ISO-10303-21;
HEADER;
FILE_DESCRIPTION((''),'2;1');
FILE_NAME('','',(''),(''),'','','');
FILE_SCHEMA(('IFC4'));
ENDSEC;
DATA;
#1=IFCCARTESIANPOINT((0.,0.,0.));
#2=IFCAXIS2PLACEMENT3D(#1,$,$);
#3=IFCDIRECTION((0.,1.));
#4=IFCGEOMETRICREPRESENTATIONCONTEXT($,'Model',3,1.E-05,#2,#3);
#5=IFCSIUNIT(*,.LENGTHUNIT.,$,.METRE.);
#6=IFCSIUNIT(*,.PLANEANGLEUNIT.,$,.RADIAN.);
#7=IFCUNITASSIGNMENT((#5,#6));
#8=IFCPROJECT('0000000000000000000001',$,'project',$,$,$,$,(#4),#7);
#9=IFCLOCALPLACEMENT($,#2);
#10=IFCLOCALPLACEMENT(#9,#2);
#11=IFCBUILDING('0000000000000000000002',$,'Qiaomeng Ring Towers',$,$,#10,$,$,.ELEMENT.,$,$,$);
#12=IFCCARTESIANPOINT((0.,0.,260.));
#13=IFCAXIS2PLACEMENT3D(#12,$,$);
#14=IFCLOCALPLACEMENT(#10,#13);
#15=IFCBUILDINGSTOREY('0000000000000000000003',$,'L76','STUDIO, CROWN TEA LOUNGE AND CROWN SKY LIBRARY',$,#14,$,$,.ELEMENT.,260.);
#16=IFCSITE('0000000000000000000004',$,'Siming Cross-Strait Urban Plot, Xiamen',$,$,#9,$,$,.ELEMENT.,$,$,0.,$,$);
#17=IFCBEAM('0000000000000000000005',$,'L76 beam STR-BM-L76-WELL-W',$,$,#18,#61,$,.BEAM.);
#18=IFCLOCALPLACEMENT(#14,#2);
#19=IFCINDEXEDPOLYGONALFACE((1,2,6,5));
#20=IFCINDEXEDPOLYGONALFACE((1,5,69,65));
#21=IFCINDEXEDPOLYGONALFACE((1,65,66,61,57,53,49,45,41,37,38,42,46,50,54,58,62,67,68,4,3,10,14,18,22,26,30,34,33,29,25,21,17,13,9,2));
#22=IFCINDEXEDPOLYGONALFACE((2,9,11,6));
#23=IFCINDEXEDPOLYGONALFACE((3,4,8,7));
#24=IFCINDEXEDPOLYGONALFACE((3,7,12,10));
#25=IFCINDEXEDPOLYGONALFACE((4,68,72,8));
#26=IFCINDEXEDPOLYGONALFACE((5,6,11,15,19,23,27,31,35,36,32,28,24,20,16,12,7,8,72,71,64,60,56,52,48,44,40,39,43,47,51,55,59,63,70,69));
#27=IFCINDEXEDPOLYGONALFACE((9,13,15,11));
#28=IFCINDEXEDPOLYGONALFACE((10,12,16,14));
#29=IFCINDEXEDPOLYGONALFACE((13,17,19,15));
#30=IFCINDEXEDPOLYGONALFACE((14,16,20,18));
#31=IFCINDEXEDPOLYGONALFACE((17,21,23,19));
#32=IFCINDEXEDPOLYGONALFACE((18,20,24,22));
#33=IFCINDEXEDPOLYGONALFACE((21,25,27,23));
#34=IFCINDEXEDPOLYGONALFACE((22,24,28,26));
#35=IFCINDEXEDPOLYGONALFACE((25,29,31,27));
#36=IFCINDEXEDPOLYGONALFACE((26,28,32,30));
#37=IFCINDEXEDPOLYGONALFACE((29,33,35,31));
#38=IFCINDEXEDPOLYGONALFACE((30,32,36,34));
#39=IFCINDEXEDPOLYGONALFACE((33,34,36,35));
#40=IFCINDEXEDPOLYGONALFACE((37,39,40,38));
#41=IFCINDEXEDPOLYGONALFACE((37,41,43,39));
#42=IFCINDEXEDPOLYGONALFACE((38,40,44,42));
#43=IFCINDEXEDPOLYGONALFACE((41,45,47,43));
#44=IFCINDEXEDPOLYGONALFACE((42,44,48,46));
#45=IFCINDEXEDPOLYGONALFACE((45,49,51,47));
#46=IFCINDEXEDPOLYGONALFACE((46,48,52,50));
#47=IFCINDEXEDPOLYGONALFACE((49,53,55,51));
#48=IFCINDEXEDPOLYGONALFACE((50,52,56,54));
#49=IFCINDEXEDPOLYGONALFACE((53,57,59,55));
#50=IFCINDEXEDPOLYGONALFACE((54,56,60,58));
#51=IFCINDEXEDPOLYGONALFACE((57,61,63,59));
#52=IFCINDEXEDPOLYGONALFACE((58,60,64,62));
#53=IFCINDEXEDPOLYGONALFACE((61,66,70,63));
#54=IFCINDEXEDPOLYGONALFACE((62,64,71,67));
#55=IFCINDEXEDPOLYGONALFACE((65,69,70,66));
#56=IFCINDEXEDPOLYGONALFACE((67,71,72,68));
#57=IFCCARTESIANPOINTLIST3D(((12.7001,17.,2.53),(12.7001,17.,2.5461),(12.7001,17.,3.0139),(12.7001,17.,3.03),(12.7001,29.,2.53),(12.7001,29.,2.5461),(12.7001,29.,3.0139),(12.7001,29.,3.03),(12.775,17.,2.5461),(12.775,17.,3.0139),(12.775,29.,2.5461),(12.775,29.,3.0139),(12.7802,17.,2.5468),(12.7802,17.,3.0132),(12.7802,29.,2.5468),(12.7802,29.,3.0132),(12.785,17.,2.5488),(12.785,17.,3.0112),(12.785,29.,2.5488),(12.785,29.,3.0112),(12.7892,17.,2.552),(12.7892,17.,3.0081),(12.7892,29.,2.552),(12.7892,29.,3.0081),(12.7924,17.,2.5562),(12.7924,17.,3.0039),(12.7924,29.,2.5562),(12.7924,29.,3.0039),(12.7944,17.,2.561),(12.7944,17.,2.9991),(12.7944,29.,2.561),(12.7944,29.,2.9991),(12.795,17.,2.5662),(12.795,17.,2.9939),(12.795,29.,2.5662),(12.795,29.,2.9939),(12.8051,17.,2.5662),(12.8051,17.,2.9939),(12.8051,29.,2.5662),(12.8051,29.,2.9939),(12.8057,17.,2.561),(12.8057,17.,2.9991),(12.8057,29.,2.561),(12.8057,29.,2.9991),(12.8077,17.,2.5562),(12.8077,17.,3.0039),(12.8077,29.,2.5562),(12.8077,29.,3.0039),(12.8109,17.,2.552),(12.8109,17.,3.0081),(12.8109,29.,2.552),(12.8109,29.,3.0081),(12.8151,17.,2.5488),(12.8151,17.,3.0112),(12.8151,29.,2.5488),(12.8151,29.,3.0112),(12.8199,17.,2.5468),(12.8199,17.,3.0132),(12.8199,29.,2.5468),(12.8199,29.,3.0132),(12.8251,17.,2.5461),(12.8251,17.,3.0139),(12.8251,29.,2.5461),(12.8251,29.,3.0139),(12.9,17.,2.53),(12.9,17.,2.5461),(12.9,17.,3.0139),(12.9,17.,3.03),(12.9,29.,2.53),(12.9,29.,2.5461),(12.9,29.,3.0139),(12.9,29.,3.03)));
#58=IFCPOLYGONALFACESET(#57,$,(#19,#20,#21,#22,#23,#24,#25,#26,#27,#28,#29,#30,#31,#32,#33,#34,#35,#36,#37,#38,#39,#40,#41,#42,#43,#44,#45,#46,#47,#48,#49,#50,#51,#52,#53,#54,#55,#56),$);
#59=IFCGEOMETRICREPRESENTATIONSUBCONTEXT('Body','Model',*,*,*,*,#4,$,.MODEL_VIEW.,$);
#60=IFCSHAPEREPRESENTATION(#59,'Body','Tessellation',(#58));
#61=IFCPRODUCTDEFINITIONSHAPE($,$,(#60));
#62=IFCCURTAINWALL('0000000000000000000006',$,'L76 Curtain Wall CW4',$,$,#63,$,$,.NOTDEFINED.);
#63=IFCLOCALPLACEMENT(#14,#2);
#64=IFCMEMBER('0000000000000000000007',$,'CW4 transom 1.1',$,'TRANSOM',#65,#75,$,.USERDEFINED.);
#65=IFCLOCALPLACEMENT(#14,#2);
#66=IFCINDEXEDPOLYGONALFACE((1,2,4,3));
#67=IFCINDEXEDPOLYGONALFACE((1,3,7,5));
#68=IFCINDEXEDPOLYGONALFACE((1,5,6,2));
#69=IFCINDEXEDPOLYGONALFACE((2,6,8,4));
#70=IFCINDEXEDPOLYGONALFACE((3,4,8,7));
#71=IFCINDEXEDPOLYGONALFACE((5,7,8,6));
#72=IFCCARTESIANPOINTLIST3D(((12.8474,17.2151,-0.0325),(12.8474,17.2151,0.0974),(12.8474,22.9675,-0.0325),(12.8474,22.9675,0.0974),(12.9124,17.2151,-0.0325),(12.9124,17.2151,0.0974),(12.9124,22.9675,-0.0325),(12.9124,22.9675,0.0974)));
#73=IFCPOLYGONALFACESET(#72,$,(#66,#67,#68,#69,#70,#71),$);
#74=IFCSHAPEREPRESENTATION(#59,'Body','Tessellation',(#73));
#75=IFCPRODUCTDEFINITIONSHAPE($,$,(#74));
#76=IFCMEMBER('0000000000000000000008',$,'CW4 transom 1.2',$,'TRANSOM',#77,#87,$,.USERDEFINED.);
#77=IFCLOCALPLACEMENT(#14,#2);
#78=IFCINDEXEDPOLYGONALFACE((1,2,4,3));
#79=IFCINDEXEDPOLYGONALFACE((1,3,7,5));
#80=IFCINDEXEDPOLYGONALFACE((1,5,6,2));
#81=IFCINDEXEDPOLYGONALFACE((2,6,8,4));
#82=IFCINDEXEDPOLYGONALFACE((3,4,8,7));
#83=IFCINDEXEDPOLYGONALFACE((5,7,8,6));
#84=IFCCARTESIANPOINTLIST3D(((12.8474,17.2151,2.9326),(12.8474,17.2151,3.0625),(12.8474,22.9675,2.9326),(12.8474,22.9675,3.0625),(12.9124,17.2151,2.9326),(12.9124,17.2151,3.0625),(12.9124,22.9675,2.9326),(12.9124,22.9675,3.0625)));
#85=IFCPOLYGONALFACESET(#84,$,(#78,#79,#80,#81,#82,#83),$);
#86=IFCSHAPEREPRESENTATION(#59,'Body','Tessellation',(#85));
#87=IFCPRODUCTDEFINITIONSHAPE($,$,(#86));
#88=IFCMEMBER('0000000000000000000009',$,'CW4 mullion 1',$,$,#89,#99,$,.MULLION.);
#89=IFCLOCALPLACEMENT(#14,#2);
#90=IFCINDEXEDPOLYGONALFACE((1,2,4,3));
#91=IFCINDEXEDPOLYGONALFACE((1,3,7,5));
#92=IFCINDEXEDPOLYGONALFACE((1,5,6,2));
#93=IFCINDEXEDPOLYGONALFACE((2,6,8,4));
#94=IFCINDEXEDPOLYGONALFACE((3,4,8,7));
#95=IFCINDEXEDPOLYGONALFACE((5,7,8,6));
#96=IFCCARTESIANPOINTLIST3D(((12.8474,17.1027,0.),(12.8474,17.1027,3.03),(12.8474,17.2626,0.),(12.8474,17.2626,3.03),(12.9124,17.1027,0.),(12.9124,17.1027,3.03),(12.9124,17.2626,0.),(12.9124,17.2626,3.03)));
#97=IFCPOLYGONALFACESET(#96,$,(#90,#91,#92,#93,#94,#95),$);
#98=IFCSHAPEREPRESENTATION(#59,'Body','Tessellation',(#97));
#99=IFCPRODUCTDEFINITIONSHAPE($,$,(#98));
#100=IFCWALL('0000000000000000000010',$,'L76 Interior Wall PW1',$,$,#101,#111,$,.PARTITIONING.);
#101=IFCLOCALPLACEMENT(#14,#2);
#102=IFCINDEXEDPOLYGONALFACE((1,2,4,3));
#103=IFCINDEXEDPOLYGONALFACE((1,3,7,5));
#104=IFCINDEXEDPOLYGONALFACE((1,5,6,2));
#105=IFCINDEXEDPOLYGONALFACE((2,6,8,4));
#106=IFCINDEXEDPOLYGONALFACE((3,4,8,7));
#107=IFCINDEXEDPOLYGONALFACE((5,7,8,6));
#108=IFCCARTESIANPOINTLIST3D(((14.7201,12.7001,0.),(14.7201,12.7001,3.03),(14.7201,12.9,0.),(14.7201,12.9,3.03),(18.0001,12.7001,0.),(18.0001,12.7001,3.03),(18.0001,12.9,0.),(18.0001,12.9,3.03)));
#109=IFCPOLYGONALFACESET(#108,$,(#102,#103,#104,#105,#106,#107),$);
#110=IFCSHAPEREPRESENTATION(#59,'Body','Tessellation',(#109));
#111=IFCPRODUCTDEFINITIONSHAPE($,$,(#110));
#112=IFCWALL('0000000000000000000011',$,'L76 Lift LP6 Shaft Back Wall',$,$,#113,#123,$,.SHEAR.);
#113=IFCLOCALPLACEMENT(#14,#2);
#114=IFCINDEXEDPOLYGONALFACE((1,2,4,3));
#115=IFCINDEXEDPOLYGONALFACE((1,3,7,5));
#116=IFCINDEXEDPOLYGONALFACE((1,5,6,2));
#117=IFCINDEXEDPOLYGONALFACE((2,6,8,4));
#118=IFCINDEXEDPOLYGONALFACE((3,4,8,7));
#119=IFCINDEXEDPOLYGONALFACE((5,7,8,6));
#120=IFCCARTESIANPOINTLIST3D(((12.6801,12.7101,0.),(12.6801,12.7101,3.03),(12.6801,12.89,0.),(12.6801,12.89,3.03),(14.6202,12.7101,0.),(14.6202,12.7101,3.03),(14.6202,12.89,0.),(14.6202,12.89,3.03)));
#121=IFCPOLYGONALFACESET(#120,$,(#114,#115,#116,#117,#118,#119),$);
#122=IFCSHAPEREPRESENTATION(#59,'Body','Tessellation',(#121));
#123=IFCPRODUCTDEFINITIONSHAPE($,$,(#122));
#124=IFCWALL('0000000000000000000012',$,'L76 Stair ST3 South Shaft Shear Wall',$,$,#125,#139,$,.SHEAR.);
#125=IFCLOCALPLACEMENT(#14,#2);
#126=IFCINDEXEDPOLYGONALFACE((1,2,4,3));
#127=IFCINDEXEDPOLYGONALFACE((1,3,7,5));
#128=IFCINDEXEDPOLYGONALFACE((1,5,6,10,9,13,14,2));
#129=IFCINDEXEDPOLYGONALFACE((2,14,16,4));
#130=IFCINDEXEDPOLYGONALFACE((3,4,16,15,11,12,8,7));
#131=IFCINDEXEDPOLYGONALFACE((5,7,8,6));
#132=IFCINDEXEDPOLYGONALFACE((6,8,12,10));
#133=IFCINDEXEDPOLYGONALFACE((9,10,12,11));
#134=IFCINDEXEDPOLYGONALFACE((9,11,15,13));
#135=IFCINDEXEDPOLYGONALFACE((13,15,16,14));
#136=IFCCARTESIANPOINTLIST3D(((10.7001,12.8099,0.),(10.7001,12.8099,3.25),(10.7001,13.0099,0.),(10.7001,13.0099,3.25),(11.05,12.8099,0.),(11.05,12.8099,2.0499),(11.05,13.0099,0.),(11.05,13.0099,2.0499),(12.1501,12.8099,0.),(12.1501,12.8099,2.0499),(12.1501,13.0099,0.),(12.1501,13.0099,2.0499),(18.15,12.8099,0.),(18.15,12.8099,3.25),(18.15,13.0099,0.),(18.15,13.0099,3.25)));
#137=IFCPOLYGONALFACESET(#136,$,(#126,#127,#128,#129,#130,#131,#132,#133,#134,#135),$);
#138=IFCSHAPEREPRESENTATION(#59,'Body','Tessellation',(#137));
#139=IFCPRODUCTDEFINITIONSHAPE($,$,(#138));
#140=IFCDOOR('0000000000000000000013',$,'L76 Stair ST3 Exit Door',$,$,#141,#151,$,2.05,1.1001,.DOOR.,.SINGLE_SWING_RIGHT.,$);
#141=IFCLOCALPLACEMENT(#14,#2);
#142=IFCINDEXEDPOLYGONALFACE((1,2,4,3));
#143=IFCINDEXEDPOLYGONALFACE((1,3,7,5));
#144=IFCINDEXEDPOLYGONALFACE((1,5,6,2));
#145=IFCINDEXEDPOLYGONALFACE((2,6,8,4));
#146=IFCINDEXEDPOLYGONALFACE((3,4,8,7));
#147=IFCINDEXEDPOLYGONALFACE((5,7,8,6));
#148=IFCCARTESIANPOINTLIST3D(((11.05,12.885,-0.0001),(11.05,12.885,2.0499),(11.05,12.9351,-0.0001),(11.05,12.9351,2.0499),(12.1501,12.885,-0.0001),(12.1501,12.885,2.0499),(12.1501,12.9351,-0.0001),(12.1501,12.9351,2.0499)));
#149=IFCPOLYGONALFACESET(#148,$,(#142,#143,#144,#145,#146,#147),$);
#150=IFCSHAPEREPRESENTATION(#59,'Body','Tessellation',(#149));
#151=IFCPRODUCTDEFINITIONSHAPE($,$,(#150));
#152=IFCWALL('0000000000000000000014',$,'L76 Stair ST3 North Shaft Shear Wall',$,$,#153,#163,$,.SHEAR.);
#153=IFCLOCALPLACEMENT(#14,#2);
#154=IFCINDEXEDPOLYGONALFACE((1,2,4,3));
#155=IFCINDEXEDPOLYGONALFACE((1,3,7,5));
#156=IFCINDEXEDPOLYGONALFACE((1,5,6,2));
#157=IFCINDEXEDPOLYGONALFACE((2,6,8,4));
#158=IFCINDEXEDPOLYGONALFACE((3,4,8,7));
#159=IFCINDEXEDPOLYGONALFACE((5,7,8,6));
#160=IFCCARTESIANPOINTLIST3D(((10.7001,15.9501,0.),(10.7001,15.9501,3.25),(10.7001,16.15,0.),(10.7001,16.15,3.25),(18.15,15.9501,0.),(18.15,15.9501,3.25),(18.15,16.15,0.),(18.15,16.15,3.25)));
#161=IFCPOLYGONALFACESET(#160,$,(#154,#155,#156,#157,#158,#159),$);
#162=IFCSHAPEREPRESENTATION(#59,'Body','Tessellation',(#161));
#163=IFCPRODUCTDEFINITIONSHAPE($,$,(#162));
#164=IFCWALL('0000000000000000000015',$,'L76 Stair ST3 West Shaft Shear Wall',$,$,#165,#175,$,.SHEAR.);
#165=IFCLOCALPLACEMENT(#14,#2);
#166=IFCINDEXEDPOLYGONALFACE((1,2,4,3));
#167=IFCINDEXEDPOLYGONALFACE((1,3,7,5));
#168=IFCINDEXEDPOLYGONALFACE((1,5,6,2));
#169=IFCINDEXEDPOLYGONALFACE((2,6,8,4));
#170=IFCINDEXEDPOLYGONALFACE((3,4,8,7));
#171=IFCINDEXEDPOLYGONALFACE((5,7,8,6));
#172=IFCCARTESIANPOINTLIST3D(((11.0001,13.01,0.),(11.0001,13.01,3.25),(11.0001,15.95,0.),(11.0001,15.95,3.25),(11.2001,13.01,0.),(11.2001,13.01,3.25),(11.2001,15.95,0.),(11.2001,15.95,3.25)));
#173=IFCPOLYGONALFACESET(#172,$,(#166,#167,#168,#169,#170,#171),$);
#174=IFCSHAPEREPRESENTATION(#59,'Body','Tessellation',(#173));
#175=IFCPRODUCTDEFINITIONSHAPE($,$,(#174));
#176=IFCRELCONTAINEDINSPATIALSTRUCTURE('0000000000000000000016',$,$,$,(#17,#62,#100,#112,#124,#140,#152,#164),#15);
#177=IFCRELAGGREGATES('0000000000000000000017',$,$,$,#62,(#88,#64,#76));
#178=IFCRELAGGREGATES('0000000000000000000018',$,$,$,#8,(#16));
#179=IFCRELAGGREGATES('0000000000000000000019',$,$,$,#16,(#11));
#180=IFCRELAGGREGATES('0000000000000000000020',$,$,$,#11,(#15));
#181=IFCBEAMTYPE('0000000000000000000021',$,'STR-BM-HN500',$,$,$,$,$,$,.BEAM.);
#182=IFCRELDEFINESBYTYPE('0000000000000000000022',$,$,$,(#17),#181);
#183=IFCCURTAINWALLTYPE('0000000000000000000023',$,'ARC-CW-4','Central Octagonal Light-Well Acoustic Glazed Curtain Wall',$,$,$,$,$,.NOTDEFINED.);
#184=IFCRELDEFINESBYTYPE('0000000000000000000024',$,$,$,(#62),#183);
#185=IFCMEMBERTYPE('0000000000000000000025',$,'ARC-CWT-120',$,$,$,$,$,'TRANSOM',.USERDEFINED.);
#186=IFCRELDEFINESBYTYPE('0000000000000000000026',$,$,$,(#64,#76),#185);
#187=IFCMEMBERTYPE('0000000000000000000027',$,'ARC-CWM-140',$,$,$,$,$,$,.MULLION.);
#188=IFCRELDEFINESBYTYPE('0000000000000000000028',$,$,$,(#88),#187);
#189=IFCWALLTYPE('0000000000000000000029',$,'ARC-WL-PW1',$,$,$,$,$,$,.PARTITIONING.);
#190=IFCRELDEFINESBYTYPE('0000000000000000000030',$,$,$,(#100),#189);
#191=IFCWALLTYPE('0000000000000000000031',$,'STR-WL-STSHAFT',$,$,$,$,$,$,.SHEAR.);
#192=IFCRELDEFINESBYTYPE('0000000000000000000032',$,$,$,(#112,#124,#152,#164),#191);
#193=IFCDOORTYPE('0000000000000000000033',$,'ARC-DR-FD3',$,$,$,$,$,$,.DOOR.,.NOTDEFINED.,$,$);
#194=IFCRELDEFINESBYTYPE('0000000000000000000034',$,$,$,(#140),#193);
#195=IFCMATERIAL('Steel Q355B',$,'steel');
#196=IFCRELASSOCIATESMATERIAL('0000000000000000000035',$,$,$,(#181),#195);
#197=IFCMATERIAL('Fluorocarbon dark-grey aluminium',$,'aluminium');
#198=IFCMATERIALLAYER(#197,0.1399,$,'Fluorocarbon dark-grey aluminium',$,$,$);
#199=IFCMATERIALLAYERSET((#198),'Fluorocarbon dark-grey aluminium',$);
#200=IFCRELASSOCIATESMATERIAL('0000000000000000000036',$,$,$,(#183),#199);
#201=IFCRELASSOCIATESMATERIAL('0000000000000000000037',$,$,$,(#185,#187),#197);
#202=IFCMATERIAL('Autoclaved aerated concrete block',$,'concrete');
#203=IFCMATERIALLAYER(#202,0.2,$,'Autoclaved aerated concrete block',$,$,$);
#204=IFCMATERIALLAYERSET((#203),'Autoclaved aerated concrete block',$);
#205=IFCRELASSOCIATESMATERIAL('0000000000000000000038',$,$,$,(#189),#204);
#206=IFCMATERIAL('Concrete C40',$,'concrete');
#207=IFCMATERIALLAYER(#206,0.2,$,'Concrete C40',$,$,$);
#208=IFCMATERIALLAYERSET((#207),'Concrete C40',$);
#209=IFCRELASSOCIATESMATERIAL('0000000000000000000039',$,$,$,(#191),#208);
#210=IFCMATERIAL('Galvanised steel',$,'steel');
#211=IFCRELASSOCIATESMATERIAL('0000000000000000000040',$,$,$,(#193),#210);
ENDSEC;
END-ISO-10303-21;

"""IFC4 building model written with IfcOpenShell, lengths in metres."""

from ifc_helpers import new_model, si_unit, direction, frame, frame_2d, origin, origin_2d, place, context, subcontext, project, spatial, rectangle, i_section, extrude, source, transform, mapped, material, layer, layer_set, material_profile, profile_set, type_object, element, fill, aggregate, save


model = new_model("IFC4")

# Units and contexts
model_context = context("Model", 3, precision=1e-05, world=origin(), true_north=direction((0.0, 1.0)))
body_context = subcontext(model_context, "Body", "Model", "MODEL_VIEW")
ifc_project = project(units=[si_unit("LENGTHUNIT", "METRE"), si_unit("PLANEANGLEUNIT", "RADIAN")], contexts=[model_context])

# Site, building, storey
site_placement = place(None, origin())
site = spatial("IfcSite", under=ifc_project, at=site_placement, Name="Siming Cross-Strait Urban Plot, Xiamen", CompositionType="ELEMENT", RefElevation=0.0)
building_placement = place(site_placement, origin())
building = spatial("IfcBuilding", under=site, at=building_placement, Name="Qiaomeng Ring Towers", CompositionType="ELEMENT")
storey_placement = place(building_placement, frame((0.0, 0.0, 260.0)))
storey = spatial("IfcBuildingStorey", under=building, at=storey_placement, Name="L76", Description="STUDIO, CROWN TEA LOUNGE AND CROWN SKY LIBRARY", CompositionType="ELEMENT", Elevation=260.0)

# Beam
ifc_material_1 = material(Name="Steel Q355B", Category="steel")
ifc_material_profile_1 = material_profile(ifc_material_1, i_section(OverallWidth=0.2, OverallDepth=0.5, WebThickness=0.01, FlangeThickness=0.0161, FilletRadius=0.02, at=origin_2d()), Name="HN 500x200x10x16")
ifc_profile_set_1 = profile_set([ifc_material_profile_1], Name="Steel Q355B")
beam_type = type_object("IfcBeamType", Name="STR-BM-HN500", PredefinedType="BEAM", material=ifc_profile_set_1)
shared_shape_1 = source(origin(), body_context, "Body", "SweptSolid", [
    extrude(i_section(OverallWidth=0.2, OverallDepth=0.5, WebThickness=0.01, FlangeThickness=0.0161, FilletRadius=0.02, at=origin_2d()), origin(), (0.0, 0.0, 1.0), 12.0),
])
beam_placement = place(storey_placement, frame((12.8, 17.0, 2.78), z_axis=(0.0, 1.0, 0.0), x_axis=(-1.0, 0.0, 0.0)))
element("IfcBeam", 1, at=beam_placement, inside=storey, type_object=beam_type, Name="L76 beam STR-BM-L76-WELL-W", PredefinedType="BEAM", context=body_context, shape_type="MappedRepresentation", body=[
    mapped(shared_shape_1, transform((0.0, 0.0, 0.0), x_axis=(1.0, 0.0, 0.0), y_axis=(0.0, 1.0, 0.0), z_axis=(0.0, 0.0, 1.0), scale=1.0)),
])

# Curtain wall, members
ifc_material_2 = material(Name="Fluorocarbon dark-grey aluminium", Category="aluminium")
ifc_layer_1 = layer(ifc_material_2, 0.1399, Name="Fluorocarbon dark-grey aluminium")
ifc_layer_set_1 = layer_set([ifc_layer_1], Name="Fluorocarbon dark-grey aluminium")
curtain_wall_type = type_object("IfcCurtainWallType", Name="ARC-CW-4", Description="Central Octagonal Light-Well Acoustic Glazed Curtain Wall", PredefinedType="NOTDEFINED", material=ifc_layer_set_1)
curtain_wall_placement = place(storey_placement, origin())
curtain_wall = element("IfcCurtainWall", 2, at=curtain_wall_placement, inside=storey, type_object=curtain_wall_type, Name="L76 Curtain Wall CW4", PredefinedType="NOTDEFINED")
ifc_material_profile_2 = material_profile(ifc_material_2, rectangle(XDim=0.0649, YDim=0.1299, at=origin_2d()), Name="ALU TRAN 65x130")
ifc_profile_set_2 = profile_set([ifc_material_profile_2], Name="Fluorocarbon dark-grey aluminium")
member_type_1 = type_object("IfcMemberType", Name="ARC-CWT-120", ElementType="TRANSOM", PredefinedType="USERDEFINED", material=ifc_profile_set_2)
shared_shape_2 = source(origin(), body_context, "Body", "SweptSolid", [
    extrude(rectangle(XDim=0.0649, YDim=0.1299, at=origin_2d()), origin(), (0.0, 0.0, 1.0), 5.7524),
])
member_1_placement = place(storey_placement, frame((12.8799, 17.2151, 0.0325), z_axis=(0.0, 1.0, 0.0), x_axis=(-1.0, 0.0, 0.0)))
member_1 = element("IfcMember", 3, at=member_1_placement, type_object=member_type_1, Name="CW4 transom 1.1", ObjectType="TRANSOM", PredefinedType="USERDEFINED", context=body_context, shape_type="MappedRepresentation", body=[
    mapped(shared_shape_2, transform((0.0, 0.0, 0.0), x_axis=(1.0, 0.0, 0.0), y_axis=(0.0, 1.0, 0.0), z_axis=(0.0, 0.0, 1.0), scale=1.0)),
])
member_2_placement = place(storey_placement, frame((12.8799, 17.2151, 2.9976), z_axis=(0.0, 1.0, 0.0), x_axis=(-1.0, 0.0, 0.0)))
member_2 = element("IfcMember", 4, at=member_2_placement, type_object=member_type_1, Name="CW4 transom 1.2", ObjectType="TRANSOM", PredefinedType="USERDEFINED", context=body_context, shape_type="MappedRepresentation", body=[
    mapped(shared_shape_2, transform((0.0, 0.0, 0.0), x_axis=(1.0, 0.0, 0.0), y_axis=(0.0, 1.0, 0.0), z_axis=(0.0, 0.0, 1.0), scale=1.0)),
])
ifc_material_profile_3 = material_profile(ifc_material_2, rectangle(XDim=0.0649, YDim=0.1599, at=origin_2d()), Name="ALU MULL 65x160")
ifc_profile_set_3 = profile_set([ifc_material_profile_3], Name="Fluorocarbon dark-grey aluminium")
member_type_2 = type_object("IfcMemberType", Name="ARC-CWM-140", PredefinedType="MULLION", material=ifc_profile_set_3)
shared_shape_3 = source(origin(), body_context, "Body", "SweptSolid", [
    extrude(rectangle(XDim=0.0649, YDim=0.1599, at=origin_2d()), origin(), (0.0, 0.0, 1.0), 3.03),
])
member_3_placement = place(storey_placement, frame((12.8799, 17.1826, 0.0), z_axis=(0.0, 0.0, 1.0), x_axis=(-1.0, 0.0, 0.0)))
member_3 = element("IfcMember", 5, at=member_3_placement, type_object=member_type_2, Name="CW4 mullion 1", PredefinedType="MULLION", context=body_context, shape_type="MappedRepresentation", body=[
    mapped(shared_shape_3, transform((0.0, 0.0, 0.0), x_axis=(1.0, 0.0, 0.0), y_axis=(0.0, 1.0, 0.0), z_axis=(0.0, 0.0, 1.0), scale=1.0)),
])
aggregate(curtain_wall, [member_3, member_1, member_2])

# Walls
ifc_material_3 = material(Name="Autoclaved aerated concrete block", Category="concrete")
ifc_layer_2 = layer(ifc_material_3, 0.2, Name="Autoclaved aerated concrete block")
ifc_layer_set_2 = layer_set([ifc_layer_2], Name="Autoclaved aerated concrete block")
wall_type_1 = type_object("IfcWallType", Name="ARC-WL-PW1", PredefinedType="PARTITIONING", material=ifc_layer_set_2)
wall_1_placement = place(storey_placement, frame((14.72, 12.8, 0.0), z_axis=(0.0, 0.0, 1.0), x_axis=(1.0, 0.0, 0.0)))
element("IfcWall", 6, at=wall_1_placement, inside=storey, type_object=wall_type_1, Name="L76 Interior Wall PW1", PredefinedType="PARTITIONING", context=body_context, shape_type="SweptSolid", body=[
    extrude(rectangle(XDim=3.28, YDim=0.2, at=frame_2d((1.6401, 0.0))), origin(), (0.0, 0.0, 1.0), 3.03),
])
ifc_material_4 = material(Name="Concrete C40", Category="concrete")
ifc_layer_3 = layer(ifc_material_4, 0.2, Name="Concrete C40")
ifc_layer_set_3 = layer_set([ifc_layer_3], Name="Concrete C40")
wall_type_2 = type_object("IfcWallType", Name="STR-WL-STSHAFT", PredefinedType="SHEAR", material=ifc_layer_set_3)
wall_2_placement = place(storey_placement, frame((12.6799, 12.8, 0.0), z_axis=(0.0, 0.0, 1.0), x_axis=(1.0, 0.0, 0.0)))
element("IfcWall", 7, at=wall_2_placement, inside=storey, type_object=wall_type_2, Name="L76 Lift LP6 Shaft Back Wall", PredefinedType="SHEAR", context=body_context, shape_type="SweptSolid", body=[
    extrude(rectangle(XDim=1.9402, YDim=0.1799, at=frame_2d((0.9702, 0.0))), origin(), (0.0, 0.0, 1.0), 3.03),
])

# Wall, opening, door
wall_3_placement = place(storey_placement, frame((10.7, 12.9099, 0.0), z_axis=(0.0, 0.0, 1.0), x_axis=(1.0, 0.0, 0.0)))
wall_3 = element("IfcWall", 8, at=wall_3_placement, inside=storey, type_object=wall_type_2, Name="L76 Stair ST3 South Shaft Shear Wall", PredefinedType="SHEAR", context=body_context, shape_type="SweptSolid", body=[
    extrude(rectangle(XDim=7.45, YDim=0.2, at=frame_2d((3.7251, 0.0))), origin(), (0.0, 0.0, 1.0), 3.25),
])
opening_placement = place(wall_3_placement, frame((0.3501, 0.0, 0.0)))
opening = element("IfcOpeningElement", 9, at=opening_placement, cuts=wall_3, PredefinedType="OPENING", context=body_context, shape_type="SweptSolid", body=[
    extrude(rectangle(XDim=1.1001, YDim=2.05, at=frame_2d((0.55, 1.0249))), frame((0.0, 0.1099, 0.0), z_axis=(0.0, -1.0, 0.0), x_axis=(1.0, 0.0, 0.0)), (0.0, 0.0, 1.0), 0.22),
])
ifc_material_5 = material(Name="Galvanised steel", Category="steel")
door_type = type_object("IfcDoorType", Name="ARC-DR-FD3", OperationType="NOTDEFINED", PredefinedType="DOOR", material=ifc_material_5)
shared_shape_4 = source(origin(), body_context, "Body", "SweptSolid", [
    extrude(rectangle(XDim=1.1001, YDim=2.05, at=frame_2d((0.55, 1.0249))), frame((0.0, 0.0249, 0.0), z_axis=(0.0, -1.0, 0.0), x_axis=(1.0, 0.0, 0.0)), (0.0, 0.0, 1.0), 0.05),
])
door_placement = place(opening_placement, frame((1.1001, 0.0, 0.0), z_axis=(0.0, 0.0, 1.0), x_axis=(-1.0, 0.0, 0.0)))
door = element("IfcDoor", 10, at=door_placement, inside=storey, type_object=door_type, Name="L76 Stair ST3 Exit Door", OperationType="SINGLE_SWING_RIGHT", OverallHeight=2.05, OverallWidth=1.1001, PredefinedType="DOOR", context=body_context, shape_type="MappedRepresentation", body=[
    mapped(shared_shape_4, transform((0.0, 0.0, 0.0), x_axis=(1.0, 0.0, 0.0), y_axis=(0.0, 1.0, 0.0), z_axis=(0.0, 0.0, 1.0), scale=1.0)),
])
fill(opening, door)

# Walls
wall_4_placement = place(storey_placement, frame((10.7, 16.05, 0.0), z_axis=(0.0, 0.0, 1.0), x_axis=(1.0, 0.0, 0.0)))
element("IfcWall", 11, at=wall_4_placement, inside=storey, type_object=wall_type_2, Name="L76 Stair ST3 North Shaft Shear Wall", PredefinedType="SHEAR", context=body_context, shape_type="SweptSolid", body=[
    extrude(rectangle(XDim=7.45, YDim=0.2, at=frame_2d((3.7251, 0.0))), origin(), (0.0, 0.0, 1.0), 3.25),
])
wall_5_placement = place(storey_placement, frame((11.1001, 13.01, 0.0), z_axis=(0.0, 0.0, 1.0), x_axis=(0.0, 1.0, 0.0)))
element("IfcWall", 12, at=wall_5_placement, inside=storey, type_object=wall_type_2, Name="L76 Stair ST3 West Shaft Shear Wall", PredefinedType="SHEAR", context=body_context, shape_type="SweptSolid", body=[
    extrude(rectangle(XDim=2.9399, YDim=0.2, at=frame_2d((1.47, 0.0))), origin(), (0.0, 0.0, 1.0), 3.25),
])

save(model, "model.ifc")
